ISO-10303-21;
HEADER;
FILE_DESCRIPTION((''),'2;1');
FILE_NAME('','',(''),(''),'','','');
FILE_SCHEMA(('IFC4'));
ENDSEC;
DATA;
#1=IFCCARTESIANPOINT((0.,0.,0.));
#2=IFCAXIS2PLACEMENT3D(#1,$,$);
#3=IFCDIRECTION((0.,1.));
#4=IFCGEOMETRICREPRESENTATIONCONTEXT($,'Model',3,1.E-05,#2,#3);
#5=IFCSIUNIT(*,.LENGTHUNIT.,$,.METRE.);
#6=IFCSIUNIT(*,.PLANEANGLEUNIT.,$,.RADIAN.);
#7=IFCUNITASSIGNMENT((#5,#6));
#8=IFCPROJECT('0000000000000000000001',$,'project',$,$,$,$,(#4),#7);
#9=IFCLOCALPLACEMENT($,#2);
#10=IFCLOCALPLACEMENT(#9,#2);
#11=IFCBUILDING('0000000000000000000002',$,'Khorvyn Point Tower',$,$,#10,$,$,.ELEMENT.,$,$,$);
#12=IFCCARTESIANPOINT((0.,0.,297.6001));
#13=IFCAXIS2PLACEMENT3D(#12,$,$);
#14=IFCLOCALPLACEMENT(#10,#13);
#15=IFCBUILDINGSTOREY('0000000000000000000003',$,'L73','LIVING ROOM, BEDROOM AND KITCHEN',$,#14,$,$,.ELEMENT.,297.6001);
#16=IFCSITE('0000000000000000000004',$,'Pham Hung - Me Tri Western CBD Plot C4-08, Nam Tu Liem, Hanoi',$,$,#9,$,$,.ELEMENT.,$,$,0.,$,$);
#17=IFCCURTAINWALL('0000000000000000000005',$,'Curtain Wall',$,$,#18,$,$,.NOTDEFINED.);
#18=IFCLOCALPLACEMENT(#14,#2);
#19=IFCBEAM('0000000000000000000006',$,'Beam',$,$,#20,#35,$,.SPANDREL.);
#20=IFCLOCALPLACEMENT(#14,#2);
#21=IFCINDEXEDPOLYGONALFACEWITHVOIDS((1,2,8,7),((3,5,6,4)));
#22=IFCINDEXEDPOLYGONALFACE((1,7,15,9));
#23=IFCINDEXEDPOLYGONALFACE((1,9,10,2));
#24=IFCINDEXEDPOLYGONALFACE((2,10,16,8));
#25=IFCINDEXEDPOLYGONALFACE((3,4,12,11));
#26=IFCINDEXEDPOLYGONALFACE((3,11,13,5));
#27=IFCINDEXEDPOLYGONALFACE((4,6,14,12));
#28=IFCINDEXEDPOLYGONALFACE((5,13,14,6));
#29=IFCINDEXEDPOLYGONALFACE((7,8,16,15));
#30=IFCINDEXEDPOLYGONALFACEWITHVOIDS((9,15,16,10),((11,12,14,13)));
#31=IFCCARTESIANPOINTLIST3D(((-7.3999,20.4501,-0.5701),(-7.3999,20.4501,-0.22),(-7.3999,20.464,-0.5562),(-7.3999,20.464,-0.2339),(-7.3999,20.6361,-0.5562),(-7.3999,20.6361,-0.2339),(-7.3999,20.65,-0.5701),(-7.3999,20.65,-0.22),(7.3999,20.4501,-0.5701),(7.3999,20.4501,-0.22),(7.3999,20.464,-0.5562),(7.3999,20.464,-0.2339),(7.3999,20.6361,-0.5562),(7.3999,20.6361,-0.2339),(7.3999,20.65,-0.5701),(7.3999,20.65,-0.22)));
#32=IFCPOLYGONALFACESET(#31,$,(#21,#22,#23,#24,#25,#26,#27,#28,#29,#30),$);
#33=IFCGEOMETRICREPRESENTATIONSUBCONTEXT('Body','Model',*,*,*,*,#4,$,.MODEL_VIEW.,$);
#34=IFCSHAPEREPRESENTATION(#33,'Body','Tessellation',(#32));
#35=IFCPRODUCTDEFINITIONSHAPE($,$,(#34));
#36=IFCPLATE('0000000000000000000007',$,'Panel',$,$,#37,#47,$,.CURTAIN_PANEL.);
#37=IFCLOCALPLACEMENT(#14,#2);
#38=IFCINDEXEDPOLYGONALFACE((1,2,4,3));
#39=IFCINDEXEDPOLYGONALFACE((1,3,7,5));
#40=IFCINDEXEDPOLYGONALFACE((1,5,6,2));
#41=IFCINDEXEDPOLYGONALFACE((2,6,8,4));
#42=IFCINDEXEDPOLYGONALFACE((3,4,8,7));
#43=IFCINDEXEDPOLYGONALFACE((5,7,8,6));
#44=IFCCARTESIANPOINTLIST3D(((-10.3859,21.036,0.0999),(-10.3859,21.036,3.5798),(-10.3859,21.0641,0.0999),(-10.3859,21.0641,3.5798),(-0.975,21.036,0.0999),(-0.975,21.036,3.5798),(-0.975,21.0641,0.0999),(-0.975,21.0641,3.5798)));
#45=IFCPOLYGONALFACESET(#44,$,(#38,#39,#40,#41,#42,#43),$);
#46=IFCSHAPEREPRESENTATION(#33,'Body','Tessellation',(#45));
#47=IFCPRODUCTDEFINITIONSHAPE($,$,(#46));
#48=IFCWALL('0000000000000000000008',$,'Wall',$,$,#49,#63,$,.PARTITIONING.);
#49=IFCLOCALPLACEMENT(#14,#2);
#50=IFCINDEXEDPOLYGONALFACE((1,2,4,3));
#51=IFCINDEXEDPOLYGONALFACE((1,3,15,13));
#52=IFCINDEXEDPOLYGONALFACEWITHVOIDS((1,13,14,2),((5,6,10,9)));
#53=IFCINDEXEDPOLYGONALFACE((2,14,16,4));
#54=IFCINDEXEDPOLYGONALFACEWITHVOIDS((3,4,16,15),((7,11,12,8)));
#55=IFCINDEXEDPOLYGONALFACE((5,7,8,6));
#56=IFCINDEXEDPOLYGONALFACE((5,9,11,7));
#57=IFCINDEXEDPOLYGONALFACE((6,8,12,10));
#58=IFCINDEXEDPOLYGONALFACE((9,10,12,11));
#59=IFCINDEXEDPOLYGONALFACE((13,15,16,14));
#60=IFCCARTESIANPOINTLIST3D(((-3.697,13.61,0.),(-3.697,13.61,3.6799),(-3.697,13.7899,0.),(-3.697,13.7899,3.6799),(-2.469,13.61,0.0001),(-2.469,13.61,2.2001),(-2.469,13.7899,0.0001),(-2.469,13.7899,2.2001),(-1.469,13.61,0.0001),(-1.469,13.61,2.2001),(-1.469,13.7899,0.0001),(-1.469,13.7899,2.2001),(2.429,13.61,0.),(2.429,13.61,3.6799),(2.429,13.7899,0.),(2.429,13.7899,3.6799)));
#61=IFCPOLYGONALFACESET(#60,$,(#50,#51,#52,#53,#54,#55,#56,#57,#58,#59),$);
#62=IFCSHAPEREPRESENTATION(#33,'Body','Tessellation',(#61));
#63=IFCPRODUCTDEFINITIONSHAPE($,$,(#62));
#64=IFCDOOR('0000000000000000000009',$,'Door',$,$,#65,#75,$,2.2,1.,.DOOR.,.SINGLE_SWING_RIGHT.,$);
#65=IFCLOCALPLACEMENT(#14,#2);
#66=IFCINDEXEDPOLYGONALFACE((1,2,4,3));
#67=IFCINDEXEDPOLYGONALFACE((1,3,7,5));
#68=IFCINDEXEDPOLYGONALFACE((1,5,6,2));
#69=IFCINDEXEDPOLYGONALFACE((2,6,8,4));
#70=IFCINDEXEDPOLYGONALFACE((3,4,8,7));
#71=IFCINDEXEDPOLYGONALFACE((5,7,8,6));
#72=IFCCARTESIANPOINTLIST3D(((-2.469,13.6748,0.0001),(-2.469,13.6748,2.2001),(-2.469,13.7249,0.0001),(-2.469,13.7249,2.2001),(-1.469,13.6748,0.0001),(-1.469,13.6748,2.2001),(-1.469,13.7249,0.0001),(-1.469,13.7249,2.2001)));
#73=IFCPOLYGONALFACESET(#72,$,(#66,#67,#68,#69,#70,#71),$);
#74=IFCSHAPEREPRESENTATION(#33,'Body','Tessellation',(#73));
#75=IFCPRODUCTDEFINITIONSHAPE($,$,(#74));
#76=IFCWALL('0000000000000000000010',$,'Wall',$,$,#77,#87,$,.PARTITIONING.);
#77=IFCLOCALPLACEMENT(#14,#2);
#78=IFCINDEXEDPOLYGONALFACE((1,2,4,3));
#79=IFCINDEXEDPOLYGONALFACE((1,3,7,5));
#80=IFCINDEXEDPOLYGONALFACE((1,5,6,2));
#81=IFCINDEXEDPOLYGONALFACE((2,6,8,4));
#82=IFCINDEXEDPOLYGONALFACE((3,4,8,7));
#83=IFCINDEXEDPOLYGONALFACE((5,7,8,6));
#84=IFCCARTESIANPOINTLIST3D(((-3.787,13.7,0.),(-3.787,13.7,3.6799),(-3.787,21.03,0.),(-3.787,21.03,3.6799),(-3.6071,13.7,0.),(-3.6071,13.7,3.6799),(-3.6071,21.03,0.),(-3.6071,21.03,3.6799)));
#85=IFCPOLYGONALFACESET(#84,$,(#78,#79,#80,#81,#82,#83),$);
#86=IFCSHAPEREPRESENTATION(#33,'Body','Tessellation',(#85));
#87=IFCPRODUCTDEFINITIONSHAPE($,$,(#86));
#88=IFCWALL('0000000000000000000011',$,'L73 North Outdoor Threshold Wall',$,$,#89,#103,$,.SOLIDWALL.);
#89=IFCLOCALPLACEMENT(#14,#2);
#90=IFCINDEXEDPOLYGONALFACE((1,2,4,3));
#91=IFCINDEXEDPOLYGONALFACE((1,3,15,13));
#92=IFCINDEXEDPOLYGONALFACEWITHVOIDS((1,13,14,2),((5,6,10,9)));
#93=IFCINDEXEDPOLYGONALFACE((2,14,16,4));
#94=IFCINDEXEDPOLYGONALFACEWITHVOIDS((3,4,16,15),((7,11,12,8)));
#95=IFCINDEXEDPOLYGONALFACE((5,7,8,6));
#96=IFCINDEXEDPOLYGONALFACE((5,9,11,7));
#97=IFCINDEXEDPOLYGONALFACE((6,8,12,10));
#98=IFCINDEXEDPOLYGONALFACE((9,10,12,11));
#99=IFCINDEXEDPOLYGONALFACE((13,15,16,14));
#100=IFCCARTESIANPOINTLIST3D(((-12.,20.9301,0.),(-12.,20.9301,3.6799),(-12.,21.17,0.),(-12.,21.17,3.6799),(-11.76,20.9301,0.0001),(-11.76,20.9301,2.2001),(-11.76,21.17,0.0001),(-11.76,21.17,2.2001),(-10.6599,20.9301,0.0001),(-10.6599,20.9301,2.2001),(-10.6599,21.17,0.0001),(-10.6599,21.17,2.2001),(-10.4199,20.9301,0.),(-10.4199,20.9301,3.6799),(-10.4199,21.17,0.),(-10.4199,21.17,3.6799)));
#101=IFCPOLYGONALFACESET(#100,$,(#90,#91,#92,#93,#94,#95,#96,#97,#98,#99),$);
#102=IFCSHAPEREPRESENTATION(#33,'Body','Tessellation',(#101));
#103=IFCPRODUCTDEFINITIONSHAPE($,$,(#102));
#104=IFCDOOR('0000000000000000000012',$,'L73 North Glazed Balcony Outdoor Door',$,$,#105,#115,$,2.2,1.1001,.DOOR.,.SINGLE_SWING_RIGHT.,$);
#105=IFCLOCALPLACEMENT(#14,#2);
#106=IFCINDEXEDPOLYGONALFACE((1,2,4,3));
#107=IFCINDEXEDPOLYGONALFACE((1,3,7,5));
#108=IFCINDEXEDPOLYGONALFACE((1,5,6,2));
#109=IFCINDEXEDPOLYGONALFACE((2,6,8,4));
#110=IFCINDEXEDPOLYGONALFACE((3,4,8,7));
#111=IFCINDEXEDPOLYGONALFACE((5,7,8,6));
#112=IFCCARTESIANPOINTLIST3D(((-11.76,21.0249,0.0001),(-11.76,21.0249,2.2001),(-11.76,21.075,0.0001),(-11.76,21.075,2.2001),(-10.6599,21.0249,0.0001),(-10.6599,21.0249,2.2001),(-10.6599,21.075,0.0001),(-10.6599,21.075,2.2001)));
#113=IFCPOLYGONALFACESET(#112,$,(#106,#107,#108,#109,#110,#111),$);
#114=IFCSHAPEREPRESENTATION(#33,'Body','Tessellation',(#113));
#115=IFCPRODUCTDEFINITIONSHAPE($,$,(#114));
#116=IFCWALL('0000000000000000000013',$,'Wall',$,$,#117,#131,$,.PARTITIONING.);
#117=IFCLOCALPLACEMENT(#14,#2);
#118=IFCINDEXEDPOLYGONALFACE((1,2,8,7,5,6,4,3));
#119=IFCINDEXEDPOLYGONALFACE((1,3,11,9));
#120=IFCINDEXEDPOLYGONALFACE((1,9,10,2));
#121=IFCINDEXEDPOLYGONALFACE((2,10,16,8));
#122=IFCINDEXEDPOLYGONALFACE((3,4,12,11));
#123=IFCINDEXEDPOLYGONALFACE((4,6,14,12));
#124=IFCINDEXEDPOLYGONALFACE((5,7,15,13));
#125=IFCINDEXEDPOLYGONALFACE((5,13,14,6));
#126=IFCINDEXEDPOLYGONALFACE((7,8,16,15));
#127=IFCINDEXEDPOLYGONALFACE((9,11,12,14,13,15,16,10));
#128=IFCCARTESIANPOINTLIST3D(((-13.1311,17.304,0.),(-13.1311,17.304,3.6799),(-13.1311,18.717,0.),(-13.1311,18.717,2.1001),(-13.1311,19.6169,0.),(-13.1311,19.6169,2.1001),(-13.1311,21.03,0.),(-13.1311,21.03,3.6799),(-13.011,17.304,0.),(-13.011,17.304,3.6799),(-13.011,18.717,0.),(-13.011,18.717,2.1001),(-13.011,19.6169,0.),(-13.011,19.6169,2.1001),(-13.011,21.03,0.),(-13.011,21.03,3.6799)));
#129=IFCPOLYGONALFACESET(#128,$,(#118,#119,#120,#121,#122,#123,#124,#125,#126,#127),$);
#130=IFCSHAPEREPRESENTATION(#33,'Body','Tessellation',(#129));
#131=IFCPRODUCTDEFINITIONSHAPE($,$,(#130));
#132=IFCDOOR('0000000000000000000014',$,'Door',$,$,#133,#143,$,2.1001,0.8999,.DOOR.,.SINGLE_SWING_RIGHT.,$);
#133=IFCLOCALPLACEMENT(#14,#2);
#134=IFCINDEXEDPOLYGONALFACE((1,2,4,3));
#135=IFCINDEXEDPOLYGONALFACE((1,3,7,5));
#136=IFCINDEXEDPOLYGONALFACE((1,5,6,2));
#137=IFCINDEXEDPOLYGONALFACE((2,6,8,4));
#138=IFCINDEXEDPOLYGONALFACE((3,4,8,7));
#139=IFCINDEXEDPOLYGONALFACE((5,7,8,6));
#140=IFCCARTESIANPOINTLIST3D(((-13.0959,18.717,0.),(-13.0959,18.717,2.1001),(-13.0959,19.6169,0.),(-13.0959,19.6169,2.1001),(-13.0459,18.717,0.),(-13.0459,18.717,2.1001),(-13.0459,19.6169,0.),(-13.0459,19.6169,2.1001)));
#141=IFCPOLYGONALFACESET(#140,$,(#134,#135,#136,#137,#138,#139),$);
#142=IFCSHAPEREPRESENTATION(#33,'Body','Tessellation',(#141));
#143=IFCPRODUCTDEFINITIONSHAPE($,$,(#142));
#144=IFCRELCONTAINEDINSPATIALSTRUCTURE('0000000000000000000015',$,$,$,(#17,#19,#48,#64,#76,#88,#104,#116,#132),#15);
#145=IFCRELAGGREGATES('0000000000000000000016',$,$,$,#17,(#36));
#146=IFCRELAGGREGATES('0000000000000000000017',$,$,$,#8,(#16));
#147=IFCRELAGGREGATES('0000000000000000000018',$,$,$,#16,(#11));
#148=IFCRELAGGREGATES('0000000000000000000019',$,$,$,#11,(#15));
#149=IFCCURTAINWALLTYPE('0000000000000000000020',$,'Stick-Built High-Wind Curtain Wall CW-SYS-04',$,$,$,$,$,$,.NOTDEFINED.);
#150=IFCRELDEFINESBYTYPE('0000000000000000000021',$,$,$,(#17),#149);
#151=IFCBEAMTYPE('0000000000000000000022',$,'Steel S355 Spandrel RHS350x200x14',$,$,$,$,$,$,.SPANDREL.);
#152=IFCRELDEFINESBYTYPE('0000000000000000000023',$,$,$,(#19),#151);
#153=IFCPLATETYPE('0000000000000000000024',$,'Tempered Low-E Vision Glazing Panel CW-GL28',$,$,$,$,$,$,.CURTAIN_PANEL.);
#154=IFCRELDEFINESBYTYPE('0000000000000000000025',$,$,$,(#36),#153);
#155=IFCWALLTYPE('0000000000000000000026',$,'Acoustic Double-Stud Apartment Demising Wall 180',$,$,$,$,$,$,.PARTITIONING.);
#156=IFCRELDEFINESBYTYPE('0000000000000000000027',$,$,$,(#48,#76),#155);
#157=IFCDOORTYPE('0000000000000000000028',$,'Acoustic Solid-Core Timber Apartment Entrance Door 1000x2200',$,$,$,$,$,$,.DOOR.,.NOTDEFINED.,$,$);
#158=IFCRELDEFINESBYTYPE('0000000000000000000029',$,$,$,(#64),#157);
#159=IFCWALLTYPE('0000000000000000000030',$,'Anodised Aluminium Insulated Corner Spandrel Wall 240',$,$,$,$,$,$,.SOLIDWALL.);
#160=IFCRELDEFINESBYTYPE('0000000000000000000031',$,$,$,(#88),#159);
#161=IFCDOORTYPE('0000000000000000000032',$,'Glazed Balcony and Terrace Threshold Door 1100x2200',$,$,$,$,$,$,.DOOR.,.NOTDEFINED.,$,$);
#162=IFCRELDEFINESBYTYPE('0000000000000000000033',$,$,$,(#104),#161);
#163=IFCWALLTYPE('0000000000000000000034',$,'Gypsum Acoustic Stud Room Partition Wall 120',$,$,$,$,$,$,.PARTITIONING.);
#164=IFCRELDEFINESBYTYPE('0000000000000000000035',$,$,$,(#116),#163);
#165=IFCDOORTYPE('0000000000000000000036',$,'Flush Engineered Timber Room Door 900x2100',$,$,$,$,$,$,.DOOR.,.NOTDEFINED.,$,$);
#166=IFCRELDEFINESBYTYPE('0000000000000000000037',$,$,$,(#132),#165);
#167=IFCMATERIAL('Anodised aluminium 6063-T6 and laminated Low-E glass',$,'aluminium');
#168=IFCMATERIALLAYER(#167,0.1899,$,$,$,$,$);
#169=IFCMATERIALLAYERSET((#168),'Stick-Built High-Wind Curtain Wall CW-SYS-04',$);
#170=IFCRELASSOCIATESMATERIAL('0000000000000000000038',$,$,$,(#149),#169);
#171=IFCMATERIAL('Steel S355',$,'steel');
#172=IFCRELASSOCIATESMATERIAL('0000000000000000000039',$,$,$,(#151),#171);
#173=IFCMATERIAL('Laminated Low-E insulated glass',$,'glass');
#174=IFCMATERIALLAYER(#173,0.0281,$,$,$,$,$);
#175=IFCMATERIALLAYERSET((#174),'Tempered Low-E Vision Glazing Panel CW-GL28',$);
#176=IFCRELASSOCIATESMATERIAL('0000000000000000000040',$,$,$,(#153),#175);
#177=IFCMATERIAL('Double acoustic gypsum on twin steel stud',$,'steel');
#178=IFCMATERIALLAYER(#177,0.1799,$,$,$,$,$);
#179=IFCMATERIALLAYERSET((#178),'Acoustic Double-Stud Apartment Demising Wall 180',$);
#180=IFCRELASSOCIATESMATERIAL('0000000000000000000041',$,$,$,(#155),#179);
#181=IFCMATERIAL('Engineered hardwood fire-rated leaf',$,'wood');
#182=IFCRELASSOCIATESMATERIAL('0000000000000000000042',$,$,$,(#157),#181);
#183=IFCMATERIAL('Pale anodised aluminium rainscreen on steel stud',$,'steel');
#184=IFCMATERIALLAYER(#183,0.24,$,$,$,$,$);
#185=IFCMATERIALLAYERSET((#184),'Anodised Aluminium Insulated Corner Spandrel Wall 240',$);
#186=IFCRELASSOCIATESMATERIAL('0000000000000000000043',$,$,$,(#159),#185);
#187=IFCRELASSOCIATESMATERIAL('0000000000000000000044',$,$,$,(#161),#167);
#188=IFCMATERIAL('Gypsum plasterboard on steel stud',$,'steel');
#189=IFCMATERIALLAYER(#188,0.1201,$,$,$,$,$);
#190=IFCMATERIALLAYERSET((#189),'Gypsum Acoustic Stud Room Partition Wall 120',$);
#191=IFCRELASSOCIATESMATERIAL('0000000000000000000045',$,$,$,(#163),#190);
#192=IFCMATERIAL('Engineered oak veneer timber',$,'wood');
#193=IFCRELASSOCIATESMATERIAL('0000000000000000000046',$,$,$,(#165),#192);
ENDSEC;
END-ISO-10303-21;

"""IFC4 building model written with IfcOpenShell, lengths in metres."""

from ifc_helpers import new_model, si_unit, direction, frame, frame_2d, origin, origin_2d, place, context, subcontext, project, spatial, rectangle, hollow_rectangle, extrude, material, layer, layer_set, material_profile, profile_set, type_object, element, fill, aggregate, save


model = new_model("IFC4")

# Units and contexts
model_context = context("Model", 3, precision=1e-05, world=origin(), true_north=direction((0.0, 1.0)))
body_context = subcontext(model_context, "Body", "Model", "MODEL_VIEW")
ifc_project = project(units=[si_unit("LENGTHUNIT", "METRE"), si_unit("PLANEANGLEUNIT", "RADIAN")], contexts=[model_context])

# Site, building, storey
site_placement = place(None, origin())
site = spatial("IfcSite", under=ifc_project, at=site_placement, Name="Pham Hung - Me Tri Western CBD Plot C4-08, Nam Tu Liem, Hanoi", CompositionType="ELEMENT", RefElevation=0.0)
building_placement = place(site_placement, origin())
building = spatial("IfcBuilding", under=site, at=building_placement, Name="Khorvyn Point Tower", CompositionType="ELEMENT")
storey_placement = place(building_placement, frame((0.0, 0.0, 297.6001)))
storey = spatial("IfcBuildingStorey", under=building, at=storey_placement, Name="L73", Description="LIVING ROOM, BEDROOM AND KITCHEN", CompositionType="ELEMENT", Elevation=297.6001)

# Shared definitions
ifc_material_1 = material(Name="Steel S355", Category="steel")

# Shared definitions
ifc_material_2 = material(Name="Anodised aluminium 6063-T6 and laminated Low-E glass", Category="aluminium")
ifc_layer_1 = layer(ifc_material_2, 0.1899)
ifc_layer_set_1 = layer_set([ifc_layer_1], Name="Stick-Built High-Wind Curtain Wall CW-SYS-04")
curtain_wall_type = type_object("IfcCurtainWallType", Name="Stick-Built High-Wind Curtain Wall CW-SYS-04", PredefinedType="NOTDEFINED", material=ifc_layer_set_1)

# Curtain wall
curtain_wall_1_placement = place(storey_placement, origin())
curtain_wall_1 = element("IfcCurtainWall", 1, at=curtain_wall_1_placement, inside=storey, type_object=curtain_wall_type, Name="Curtain Wall", PredefinedType="NOTDEFINED")

# Beam
ifc_material_profile_1 = material_profile(ifc_material_1, hollow_rectangle(XDim=0.2, YDim=0.3501, WallThickness=0.0139, at=origin_2d()))
ifc_profile_set_1 = profile_set([ifc_material_profile_1], Name="Steel S355 RHS350x200x14")
beam_type_1 = type_object("IfcBeamType", Name="Steel S355 Spandrel RHS350x200x14", PredefinedType="SPANDREL", material=ifc_profile_set_1)
beam_1_placement = place(storey_placement, frame((-7.3999, 20.55, -0.395), z_axis=(1.0, 0.0, 0.0), x_axis=(0.0, 1.0, 0.0)))
element("IfcBeam", 2, at=beam_1_placement, inside=storey, type_object=beam_type_1, Name="Beam", PredefinedType="SPANDREL", context=body_context, shape_type="SweptSolid", body=[
    extrude(hollow_rectangle(XDim=0.2, YDim=0.3501, WallThickness=0.0139, at=origin_2d()), origin(), (0.0, 0.0, 1.0), 14.7998),
])

# Plate
ifc_material_3 = material(Name="Laminated Low-E insulated glass", Category="glass")
ifc_layer_2 = layer(ifc_material_3, 0.0281)
ifc_layer_set_2 = layer_set([ifc_layer_2], Name="Tempered Low-E Vision Glazing Panel CW-GL28")
plate_type = type_object("IfcPlateType", Name="Tempered Low-E Vision Glazing Panel CW-GL28", PredefinedType="CURTAIN_PANEL", material=ifc_layer_set_2)
plate_placement = place(storey_placement, frame((-5.6804, 21.05, 0.0999), z_axis=(0.0, 0.0, 1.0), x_axis=(1.0, 0.0, 0.0)))
plate = element("IfcPlate", 3, at=plate_placement, type_object=plate_type, Name="Panel", PredefinedType="CURTAIN_PANEL", context=body_context, shape_type="SweptSolid", body=[
    extrude(rectangle(XDim=9.4109, YDim=0.0281, at=origin_2d()), origin(), (0.0, 0.0, 1.0), 3.48),
])
aggregate(curtain_wall_1, [plate])

# Wall, opening, door
ifc_material_4 = material(Name="Double acoustic gypsum on twin steel stud", Category="steel")
ifc_layer_3 = layer(ifc_material_4, 0.1799)
ifc_layer_set_3 = layer_set([ifc_layer_3], Name="Acoustic Double-Stud Apartment Demising Wall 180")
wall_type_1 = type_object("IfcWallType", Name="Acoustic Double-Stud Apartment Demising Wall 180", PredefinedType="PARTITIONING", material=ifc_layer_set_3)
wall_1_placement = place(storey_placement, frame((-3.697, 13.7, 0.0), z_axis=(0.0, 0.0, 1.0), x_axis=(1.0, 0.0, 0.0)))
wall_1 = element("IfcWall", 4, at=wall_1_placement, inside=storey, type_object=wall_type_1, Name="Wall", PredefinedType="PARTITIONING", context=body_context, shape_type="SweptSolid", body=[
    extrude(rectangle(XDim=6.126, YDim=0.1799, at=frame_2d((3.063, 0.0))), origin(), (0.0, 0.0, 1.0), 3.6799),
])
opening_1_placement = place(wall_1_placement, frame((1.228, 0.0, 0.0)))
opening_1 = element("IfcOpeningElement", 5, at=opening_1_placement, cuts=wall_1, PredefinedType="OPENING", context=body_context, shape_type="SweptSolid", body=[
    extrude(rectangle(XDim=1.0, YDim=2.2, at=frame_2d((0.5, 1.1001))), frame((0.0, 0.0999, 0.0), z_axis=(0.0, -1.0, 0.0), x_axis=(1.0, 0.0, 0.0)), (0.0, 0.0, 1.0), 0.2),
])
ifc_material_5 = material(Name="Engineered hardwood fire-rated leaf", Category="wood")
door_type_1 = type_object("IfcDoorType", Name="Acoustic Solid-Core Timber Apartment Entrance Door 1000x2200", OperationType="NOTDEFINED", PredefinedType="DOOR", material=ifc_material_5)
door_1_placement = place(opening_1_placement, origin())
door_1 = element("IfcDoor", 6, at=door_1_placement, inside=storey, type_object=door_type_1, Name="Door", OperationType="SINGLE_SWING_RIGHT", OverallHeight=2.2, OverallWidth=1.0, PredefinedType="DOOR", context=body_context, shape_type="SweptSolid", body=[
    extrude(rectangle(XDim=1.0, YDim=2.2, at=frame_2d((0.5, 1.1001))), frame((0.0, 0.0249, 0.0), z_axis=(0.0, -1.0, 0.0), x_axis=(1.0, 0.0, 0.0)), (0.0, 0.0, 1.0), 0.05),
])
fill(opening_1, door_1)

# Wall
wall_2_placement = place(storey_placement, frame((-3.697, 13.7, 0.0), z_axis=(0.0, 0.0, 1.0), x_axis=(0.0, 1.0, 0.0)))
element("IfcWall", 7, at=wall_2_placement, inside=storey, type_object=wall_type_1, Name="Wall", PredefinedType="PARTITIONING", context=body_context, shape_type="SweptSolid", body=[
    extrude(rectangle(XDim=7.3301, YDim=0.1799, at=frame_2d((3.665, 0.0))), origin(), (0.0, 0.0, 1.0), 3.6799),
])

# Walls, openings, doors
ifc_material_6 = material(Name="Pale anodised aluminium rainscreen on steel stud", Category="steel")
ifc_layer_4 = layer(ifc_material_6, 0.24)
ifc_layer_set_4 = layer_set([ifc_layer_4], Name="Anodised Aluminium Insulated Corner Spandrel Wall 240")
wall_type_2 = type_object("IfcWallType", Name="Anodised Aluminium Insulated Corner Spandrel Wall 240", PredefinedType="SOLIDWALL", material=ifc_layer_set_4)
wall_3_placement = place(storey_placement, frame((-12.0, 21.05, 0.0), z_axis=(0.0, 0.0, 1.0), x_axis=(1.0, 0.0, 0.0)))
wall_3 = element("IfcWall", 8, at=wall_3_placement, inside=storey, type_object=wall_type_2, Name="L73 North Outdoor Threshold Wall", PredefinedType="SOLIDWALL", context=body_context, shape_type="SweptSolid", body=[
    extrude(rectangle(XDim=1.5801, YDim=0.24, at=frame_2d((0.79, 0.0))), origin(), (0.0, 0.0, 1.0), 3.6799),
])
opening_2_placement = place(wall_3_placement, frame((0.24, 0.0, 0.0)))
opening_2 = element("IfcOpeningElement", 9, at=opening_2_placement, cuts=wall_3, PredefinedType="OPENING", context=body_context, shape_type="SweptSolid", body=[
    extrude(rectangle(XDim=1.1001, YDim=2.2, at=frame_2d((0.55, 1.1001))), frame((0.0, 0.1299, 0.0), z_axis=(0.0, -1.0, 0.0), x_axis=(1.0, 0.0, 0.0)), (0.0, 0.0, 1.0), 0.26),
])
door_type_2 = type_object("IfcDoorType", Name="Glazed Balcony and Terrace Threshold Door 1100x2200", OperationType="NOTDEFINED", PredefinedType="DOOR", material=ifc_material_2)
door_2_placement = place(opening_2_placement, origin())
door_2 = element("IfcDoor", 10, at=door_2_placement, inside=storey, type_object=door_type_2, Name="L73 North Glazed Balcony Outdoor Door", OperationType="SINGLE_SWING_RIGHT", OverallHeight=2.2, OverallWidth=1.1001, PredefinedType="DOOR", context=body_context, shape_type="SweptSolid", body=[
    extrude(rectangle(XDim=1.1001, YDim=2.2, at=frame_2d((0.55, 1.1001))), frame((0.0, 0.0249, 0.0), z_axis=(0.0, -1.0, 0.0), x_axis=(1.0, 0.0, 0.0)), (0.0, 0.0, 1.0), 0.05),
])
fill(opening_2, door_2)
ifc_material_7 = material(Name="Gypsum plasterboard on steel stud", Category="steel")
ifc_layer_5 = layer(ifc_material_7, 0.1201)
ifc_layer_set_5 = layer_set([ifc_layer_5], Name="Gypsum Acoustic Stud Room Partition Wall 120")
wall_type_3 = type_object("IfcWallType", Name="Gypsum Acoustic Stud Room Partition Wall 120", PredefinedType="PARTITIONING", material=ifc_layer_set_5)
wall_4_placement = place(storey_placement, frame((-13.071, 17.304, 0.0), z_axis=(0.0, 0.0, 1.0), x_axis=(0.0, 1.0, 0.0)))
wall_4 = element("IfcWall", 11, at=wall_4_placement, inside=storey, type_object=wall_type_3, Name="Wall", PredefinedType="PARTITIONING", context=body_context, shape_type="SweptSolid", body=[
    extrude(rectangle(XDim=3.7261, YDim=0.1201, at=frame_2d((1.863, 0.0))), origin(), (0.0, 0.0, 1.0), 3.6799),
])
opening_3_placement = place(wall_4_placement, frame((1.4131, 0.0, 0.0)))
opening_3 = element("IfcOpeningElement", 12, at=opening_3_placement, cuts=wall_4, PredefinedType="OPENING", context=body_context, shape_type="SweptSolid", body=[
    extrude(rectangle(XDim=0.8999, YDim=2.1001, at=frame_2d((0.45, 1.05))), frame((0.0, 0.0701, 0.0), z_axis=(0.0, -1.0, 0.0), x_axis=(1.0, 0.0, 0.0)), (0.0, 0.0, 1.0), 0.1401),
])
ifc_material_8 = material(Name="Engineered oak veneer timber", Category="wood")
door_type_3 = type_object("IfcDoorType", Name="Flush Engineered Timber Room Door 900x2100", OperationType="NOTDEFINED", PredefinedType="DOOR", material=ifc_material_8)
door_3_placement = place(opening_3_placement, origin())
door_3 = element("IfcDoor", 13, at=door_3_placement, inside=storey, type_object=door_type_3, Name="Door", OperationType="SINGLE_SWING_RIGHT", OverallHeight=2.1001, OverallWidth=0.8999, PredefinedType="DOOR", context=body_context, shape_type="SweptSolid", body=[
    extrude(rectangle(XDim=0.8999, YDim=2.1001, at=frame_2d((0.45, 1.05))), frame((0.0, 0.0249, 0.0), z_axis=(0.0, -1.0, 0.0), x_axis=(1.0, 0.0, 0.0)), (0.0, 0.0, 1.0), 0.05),
])
fill(opening_3, door_3)

save(model, "model.ifc")
